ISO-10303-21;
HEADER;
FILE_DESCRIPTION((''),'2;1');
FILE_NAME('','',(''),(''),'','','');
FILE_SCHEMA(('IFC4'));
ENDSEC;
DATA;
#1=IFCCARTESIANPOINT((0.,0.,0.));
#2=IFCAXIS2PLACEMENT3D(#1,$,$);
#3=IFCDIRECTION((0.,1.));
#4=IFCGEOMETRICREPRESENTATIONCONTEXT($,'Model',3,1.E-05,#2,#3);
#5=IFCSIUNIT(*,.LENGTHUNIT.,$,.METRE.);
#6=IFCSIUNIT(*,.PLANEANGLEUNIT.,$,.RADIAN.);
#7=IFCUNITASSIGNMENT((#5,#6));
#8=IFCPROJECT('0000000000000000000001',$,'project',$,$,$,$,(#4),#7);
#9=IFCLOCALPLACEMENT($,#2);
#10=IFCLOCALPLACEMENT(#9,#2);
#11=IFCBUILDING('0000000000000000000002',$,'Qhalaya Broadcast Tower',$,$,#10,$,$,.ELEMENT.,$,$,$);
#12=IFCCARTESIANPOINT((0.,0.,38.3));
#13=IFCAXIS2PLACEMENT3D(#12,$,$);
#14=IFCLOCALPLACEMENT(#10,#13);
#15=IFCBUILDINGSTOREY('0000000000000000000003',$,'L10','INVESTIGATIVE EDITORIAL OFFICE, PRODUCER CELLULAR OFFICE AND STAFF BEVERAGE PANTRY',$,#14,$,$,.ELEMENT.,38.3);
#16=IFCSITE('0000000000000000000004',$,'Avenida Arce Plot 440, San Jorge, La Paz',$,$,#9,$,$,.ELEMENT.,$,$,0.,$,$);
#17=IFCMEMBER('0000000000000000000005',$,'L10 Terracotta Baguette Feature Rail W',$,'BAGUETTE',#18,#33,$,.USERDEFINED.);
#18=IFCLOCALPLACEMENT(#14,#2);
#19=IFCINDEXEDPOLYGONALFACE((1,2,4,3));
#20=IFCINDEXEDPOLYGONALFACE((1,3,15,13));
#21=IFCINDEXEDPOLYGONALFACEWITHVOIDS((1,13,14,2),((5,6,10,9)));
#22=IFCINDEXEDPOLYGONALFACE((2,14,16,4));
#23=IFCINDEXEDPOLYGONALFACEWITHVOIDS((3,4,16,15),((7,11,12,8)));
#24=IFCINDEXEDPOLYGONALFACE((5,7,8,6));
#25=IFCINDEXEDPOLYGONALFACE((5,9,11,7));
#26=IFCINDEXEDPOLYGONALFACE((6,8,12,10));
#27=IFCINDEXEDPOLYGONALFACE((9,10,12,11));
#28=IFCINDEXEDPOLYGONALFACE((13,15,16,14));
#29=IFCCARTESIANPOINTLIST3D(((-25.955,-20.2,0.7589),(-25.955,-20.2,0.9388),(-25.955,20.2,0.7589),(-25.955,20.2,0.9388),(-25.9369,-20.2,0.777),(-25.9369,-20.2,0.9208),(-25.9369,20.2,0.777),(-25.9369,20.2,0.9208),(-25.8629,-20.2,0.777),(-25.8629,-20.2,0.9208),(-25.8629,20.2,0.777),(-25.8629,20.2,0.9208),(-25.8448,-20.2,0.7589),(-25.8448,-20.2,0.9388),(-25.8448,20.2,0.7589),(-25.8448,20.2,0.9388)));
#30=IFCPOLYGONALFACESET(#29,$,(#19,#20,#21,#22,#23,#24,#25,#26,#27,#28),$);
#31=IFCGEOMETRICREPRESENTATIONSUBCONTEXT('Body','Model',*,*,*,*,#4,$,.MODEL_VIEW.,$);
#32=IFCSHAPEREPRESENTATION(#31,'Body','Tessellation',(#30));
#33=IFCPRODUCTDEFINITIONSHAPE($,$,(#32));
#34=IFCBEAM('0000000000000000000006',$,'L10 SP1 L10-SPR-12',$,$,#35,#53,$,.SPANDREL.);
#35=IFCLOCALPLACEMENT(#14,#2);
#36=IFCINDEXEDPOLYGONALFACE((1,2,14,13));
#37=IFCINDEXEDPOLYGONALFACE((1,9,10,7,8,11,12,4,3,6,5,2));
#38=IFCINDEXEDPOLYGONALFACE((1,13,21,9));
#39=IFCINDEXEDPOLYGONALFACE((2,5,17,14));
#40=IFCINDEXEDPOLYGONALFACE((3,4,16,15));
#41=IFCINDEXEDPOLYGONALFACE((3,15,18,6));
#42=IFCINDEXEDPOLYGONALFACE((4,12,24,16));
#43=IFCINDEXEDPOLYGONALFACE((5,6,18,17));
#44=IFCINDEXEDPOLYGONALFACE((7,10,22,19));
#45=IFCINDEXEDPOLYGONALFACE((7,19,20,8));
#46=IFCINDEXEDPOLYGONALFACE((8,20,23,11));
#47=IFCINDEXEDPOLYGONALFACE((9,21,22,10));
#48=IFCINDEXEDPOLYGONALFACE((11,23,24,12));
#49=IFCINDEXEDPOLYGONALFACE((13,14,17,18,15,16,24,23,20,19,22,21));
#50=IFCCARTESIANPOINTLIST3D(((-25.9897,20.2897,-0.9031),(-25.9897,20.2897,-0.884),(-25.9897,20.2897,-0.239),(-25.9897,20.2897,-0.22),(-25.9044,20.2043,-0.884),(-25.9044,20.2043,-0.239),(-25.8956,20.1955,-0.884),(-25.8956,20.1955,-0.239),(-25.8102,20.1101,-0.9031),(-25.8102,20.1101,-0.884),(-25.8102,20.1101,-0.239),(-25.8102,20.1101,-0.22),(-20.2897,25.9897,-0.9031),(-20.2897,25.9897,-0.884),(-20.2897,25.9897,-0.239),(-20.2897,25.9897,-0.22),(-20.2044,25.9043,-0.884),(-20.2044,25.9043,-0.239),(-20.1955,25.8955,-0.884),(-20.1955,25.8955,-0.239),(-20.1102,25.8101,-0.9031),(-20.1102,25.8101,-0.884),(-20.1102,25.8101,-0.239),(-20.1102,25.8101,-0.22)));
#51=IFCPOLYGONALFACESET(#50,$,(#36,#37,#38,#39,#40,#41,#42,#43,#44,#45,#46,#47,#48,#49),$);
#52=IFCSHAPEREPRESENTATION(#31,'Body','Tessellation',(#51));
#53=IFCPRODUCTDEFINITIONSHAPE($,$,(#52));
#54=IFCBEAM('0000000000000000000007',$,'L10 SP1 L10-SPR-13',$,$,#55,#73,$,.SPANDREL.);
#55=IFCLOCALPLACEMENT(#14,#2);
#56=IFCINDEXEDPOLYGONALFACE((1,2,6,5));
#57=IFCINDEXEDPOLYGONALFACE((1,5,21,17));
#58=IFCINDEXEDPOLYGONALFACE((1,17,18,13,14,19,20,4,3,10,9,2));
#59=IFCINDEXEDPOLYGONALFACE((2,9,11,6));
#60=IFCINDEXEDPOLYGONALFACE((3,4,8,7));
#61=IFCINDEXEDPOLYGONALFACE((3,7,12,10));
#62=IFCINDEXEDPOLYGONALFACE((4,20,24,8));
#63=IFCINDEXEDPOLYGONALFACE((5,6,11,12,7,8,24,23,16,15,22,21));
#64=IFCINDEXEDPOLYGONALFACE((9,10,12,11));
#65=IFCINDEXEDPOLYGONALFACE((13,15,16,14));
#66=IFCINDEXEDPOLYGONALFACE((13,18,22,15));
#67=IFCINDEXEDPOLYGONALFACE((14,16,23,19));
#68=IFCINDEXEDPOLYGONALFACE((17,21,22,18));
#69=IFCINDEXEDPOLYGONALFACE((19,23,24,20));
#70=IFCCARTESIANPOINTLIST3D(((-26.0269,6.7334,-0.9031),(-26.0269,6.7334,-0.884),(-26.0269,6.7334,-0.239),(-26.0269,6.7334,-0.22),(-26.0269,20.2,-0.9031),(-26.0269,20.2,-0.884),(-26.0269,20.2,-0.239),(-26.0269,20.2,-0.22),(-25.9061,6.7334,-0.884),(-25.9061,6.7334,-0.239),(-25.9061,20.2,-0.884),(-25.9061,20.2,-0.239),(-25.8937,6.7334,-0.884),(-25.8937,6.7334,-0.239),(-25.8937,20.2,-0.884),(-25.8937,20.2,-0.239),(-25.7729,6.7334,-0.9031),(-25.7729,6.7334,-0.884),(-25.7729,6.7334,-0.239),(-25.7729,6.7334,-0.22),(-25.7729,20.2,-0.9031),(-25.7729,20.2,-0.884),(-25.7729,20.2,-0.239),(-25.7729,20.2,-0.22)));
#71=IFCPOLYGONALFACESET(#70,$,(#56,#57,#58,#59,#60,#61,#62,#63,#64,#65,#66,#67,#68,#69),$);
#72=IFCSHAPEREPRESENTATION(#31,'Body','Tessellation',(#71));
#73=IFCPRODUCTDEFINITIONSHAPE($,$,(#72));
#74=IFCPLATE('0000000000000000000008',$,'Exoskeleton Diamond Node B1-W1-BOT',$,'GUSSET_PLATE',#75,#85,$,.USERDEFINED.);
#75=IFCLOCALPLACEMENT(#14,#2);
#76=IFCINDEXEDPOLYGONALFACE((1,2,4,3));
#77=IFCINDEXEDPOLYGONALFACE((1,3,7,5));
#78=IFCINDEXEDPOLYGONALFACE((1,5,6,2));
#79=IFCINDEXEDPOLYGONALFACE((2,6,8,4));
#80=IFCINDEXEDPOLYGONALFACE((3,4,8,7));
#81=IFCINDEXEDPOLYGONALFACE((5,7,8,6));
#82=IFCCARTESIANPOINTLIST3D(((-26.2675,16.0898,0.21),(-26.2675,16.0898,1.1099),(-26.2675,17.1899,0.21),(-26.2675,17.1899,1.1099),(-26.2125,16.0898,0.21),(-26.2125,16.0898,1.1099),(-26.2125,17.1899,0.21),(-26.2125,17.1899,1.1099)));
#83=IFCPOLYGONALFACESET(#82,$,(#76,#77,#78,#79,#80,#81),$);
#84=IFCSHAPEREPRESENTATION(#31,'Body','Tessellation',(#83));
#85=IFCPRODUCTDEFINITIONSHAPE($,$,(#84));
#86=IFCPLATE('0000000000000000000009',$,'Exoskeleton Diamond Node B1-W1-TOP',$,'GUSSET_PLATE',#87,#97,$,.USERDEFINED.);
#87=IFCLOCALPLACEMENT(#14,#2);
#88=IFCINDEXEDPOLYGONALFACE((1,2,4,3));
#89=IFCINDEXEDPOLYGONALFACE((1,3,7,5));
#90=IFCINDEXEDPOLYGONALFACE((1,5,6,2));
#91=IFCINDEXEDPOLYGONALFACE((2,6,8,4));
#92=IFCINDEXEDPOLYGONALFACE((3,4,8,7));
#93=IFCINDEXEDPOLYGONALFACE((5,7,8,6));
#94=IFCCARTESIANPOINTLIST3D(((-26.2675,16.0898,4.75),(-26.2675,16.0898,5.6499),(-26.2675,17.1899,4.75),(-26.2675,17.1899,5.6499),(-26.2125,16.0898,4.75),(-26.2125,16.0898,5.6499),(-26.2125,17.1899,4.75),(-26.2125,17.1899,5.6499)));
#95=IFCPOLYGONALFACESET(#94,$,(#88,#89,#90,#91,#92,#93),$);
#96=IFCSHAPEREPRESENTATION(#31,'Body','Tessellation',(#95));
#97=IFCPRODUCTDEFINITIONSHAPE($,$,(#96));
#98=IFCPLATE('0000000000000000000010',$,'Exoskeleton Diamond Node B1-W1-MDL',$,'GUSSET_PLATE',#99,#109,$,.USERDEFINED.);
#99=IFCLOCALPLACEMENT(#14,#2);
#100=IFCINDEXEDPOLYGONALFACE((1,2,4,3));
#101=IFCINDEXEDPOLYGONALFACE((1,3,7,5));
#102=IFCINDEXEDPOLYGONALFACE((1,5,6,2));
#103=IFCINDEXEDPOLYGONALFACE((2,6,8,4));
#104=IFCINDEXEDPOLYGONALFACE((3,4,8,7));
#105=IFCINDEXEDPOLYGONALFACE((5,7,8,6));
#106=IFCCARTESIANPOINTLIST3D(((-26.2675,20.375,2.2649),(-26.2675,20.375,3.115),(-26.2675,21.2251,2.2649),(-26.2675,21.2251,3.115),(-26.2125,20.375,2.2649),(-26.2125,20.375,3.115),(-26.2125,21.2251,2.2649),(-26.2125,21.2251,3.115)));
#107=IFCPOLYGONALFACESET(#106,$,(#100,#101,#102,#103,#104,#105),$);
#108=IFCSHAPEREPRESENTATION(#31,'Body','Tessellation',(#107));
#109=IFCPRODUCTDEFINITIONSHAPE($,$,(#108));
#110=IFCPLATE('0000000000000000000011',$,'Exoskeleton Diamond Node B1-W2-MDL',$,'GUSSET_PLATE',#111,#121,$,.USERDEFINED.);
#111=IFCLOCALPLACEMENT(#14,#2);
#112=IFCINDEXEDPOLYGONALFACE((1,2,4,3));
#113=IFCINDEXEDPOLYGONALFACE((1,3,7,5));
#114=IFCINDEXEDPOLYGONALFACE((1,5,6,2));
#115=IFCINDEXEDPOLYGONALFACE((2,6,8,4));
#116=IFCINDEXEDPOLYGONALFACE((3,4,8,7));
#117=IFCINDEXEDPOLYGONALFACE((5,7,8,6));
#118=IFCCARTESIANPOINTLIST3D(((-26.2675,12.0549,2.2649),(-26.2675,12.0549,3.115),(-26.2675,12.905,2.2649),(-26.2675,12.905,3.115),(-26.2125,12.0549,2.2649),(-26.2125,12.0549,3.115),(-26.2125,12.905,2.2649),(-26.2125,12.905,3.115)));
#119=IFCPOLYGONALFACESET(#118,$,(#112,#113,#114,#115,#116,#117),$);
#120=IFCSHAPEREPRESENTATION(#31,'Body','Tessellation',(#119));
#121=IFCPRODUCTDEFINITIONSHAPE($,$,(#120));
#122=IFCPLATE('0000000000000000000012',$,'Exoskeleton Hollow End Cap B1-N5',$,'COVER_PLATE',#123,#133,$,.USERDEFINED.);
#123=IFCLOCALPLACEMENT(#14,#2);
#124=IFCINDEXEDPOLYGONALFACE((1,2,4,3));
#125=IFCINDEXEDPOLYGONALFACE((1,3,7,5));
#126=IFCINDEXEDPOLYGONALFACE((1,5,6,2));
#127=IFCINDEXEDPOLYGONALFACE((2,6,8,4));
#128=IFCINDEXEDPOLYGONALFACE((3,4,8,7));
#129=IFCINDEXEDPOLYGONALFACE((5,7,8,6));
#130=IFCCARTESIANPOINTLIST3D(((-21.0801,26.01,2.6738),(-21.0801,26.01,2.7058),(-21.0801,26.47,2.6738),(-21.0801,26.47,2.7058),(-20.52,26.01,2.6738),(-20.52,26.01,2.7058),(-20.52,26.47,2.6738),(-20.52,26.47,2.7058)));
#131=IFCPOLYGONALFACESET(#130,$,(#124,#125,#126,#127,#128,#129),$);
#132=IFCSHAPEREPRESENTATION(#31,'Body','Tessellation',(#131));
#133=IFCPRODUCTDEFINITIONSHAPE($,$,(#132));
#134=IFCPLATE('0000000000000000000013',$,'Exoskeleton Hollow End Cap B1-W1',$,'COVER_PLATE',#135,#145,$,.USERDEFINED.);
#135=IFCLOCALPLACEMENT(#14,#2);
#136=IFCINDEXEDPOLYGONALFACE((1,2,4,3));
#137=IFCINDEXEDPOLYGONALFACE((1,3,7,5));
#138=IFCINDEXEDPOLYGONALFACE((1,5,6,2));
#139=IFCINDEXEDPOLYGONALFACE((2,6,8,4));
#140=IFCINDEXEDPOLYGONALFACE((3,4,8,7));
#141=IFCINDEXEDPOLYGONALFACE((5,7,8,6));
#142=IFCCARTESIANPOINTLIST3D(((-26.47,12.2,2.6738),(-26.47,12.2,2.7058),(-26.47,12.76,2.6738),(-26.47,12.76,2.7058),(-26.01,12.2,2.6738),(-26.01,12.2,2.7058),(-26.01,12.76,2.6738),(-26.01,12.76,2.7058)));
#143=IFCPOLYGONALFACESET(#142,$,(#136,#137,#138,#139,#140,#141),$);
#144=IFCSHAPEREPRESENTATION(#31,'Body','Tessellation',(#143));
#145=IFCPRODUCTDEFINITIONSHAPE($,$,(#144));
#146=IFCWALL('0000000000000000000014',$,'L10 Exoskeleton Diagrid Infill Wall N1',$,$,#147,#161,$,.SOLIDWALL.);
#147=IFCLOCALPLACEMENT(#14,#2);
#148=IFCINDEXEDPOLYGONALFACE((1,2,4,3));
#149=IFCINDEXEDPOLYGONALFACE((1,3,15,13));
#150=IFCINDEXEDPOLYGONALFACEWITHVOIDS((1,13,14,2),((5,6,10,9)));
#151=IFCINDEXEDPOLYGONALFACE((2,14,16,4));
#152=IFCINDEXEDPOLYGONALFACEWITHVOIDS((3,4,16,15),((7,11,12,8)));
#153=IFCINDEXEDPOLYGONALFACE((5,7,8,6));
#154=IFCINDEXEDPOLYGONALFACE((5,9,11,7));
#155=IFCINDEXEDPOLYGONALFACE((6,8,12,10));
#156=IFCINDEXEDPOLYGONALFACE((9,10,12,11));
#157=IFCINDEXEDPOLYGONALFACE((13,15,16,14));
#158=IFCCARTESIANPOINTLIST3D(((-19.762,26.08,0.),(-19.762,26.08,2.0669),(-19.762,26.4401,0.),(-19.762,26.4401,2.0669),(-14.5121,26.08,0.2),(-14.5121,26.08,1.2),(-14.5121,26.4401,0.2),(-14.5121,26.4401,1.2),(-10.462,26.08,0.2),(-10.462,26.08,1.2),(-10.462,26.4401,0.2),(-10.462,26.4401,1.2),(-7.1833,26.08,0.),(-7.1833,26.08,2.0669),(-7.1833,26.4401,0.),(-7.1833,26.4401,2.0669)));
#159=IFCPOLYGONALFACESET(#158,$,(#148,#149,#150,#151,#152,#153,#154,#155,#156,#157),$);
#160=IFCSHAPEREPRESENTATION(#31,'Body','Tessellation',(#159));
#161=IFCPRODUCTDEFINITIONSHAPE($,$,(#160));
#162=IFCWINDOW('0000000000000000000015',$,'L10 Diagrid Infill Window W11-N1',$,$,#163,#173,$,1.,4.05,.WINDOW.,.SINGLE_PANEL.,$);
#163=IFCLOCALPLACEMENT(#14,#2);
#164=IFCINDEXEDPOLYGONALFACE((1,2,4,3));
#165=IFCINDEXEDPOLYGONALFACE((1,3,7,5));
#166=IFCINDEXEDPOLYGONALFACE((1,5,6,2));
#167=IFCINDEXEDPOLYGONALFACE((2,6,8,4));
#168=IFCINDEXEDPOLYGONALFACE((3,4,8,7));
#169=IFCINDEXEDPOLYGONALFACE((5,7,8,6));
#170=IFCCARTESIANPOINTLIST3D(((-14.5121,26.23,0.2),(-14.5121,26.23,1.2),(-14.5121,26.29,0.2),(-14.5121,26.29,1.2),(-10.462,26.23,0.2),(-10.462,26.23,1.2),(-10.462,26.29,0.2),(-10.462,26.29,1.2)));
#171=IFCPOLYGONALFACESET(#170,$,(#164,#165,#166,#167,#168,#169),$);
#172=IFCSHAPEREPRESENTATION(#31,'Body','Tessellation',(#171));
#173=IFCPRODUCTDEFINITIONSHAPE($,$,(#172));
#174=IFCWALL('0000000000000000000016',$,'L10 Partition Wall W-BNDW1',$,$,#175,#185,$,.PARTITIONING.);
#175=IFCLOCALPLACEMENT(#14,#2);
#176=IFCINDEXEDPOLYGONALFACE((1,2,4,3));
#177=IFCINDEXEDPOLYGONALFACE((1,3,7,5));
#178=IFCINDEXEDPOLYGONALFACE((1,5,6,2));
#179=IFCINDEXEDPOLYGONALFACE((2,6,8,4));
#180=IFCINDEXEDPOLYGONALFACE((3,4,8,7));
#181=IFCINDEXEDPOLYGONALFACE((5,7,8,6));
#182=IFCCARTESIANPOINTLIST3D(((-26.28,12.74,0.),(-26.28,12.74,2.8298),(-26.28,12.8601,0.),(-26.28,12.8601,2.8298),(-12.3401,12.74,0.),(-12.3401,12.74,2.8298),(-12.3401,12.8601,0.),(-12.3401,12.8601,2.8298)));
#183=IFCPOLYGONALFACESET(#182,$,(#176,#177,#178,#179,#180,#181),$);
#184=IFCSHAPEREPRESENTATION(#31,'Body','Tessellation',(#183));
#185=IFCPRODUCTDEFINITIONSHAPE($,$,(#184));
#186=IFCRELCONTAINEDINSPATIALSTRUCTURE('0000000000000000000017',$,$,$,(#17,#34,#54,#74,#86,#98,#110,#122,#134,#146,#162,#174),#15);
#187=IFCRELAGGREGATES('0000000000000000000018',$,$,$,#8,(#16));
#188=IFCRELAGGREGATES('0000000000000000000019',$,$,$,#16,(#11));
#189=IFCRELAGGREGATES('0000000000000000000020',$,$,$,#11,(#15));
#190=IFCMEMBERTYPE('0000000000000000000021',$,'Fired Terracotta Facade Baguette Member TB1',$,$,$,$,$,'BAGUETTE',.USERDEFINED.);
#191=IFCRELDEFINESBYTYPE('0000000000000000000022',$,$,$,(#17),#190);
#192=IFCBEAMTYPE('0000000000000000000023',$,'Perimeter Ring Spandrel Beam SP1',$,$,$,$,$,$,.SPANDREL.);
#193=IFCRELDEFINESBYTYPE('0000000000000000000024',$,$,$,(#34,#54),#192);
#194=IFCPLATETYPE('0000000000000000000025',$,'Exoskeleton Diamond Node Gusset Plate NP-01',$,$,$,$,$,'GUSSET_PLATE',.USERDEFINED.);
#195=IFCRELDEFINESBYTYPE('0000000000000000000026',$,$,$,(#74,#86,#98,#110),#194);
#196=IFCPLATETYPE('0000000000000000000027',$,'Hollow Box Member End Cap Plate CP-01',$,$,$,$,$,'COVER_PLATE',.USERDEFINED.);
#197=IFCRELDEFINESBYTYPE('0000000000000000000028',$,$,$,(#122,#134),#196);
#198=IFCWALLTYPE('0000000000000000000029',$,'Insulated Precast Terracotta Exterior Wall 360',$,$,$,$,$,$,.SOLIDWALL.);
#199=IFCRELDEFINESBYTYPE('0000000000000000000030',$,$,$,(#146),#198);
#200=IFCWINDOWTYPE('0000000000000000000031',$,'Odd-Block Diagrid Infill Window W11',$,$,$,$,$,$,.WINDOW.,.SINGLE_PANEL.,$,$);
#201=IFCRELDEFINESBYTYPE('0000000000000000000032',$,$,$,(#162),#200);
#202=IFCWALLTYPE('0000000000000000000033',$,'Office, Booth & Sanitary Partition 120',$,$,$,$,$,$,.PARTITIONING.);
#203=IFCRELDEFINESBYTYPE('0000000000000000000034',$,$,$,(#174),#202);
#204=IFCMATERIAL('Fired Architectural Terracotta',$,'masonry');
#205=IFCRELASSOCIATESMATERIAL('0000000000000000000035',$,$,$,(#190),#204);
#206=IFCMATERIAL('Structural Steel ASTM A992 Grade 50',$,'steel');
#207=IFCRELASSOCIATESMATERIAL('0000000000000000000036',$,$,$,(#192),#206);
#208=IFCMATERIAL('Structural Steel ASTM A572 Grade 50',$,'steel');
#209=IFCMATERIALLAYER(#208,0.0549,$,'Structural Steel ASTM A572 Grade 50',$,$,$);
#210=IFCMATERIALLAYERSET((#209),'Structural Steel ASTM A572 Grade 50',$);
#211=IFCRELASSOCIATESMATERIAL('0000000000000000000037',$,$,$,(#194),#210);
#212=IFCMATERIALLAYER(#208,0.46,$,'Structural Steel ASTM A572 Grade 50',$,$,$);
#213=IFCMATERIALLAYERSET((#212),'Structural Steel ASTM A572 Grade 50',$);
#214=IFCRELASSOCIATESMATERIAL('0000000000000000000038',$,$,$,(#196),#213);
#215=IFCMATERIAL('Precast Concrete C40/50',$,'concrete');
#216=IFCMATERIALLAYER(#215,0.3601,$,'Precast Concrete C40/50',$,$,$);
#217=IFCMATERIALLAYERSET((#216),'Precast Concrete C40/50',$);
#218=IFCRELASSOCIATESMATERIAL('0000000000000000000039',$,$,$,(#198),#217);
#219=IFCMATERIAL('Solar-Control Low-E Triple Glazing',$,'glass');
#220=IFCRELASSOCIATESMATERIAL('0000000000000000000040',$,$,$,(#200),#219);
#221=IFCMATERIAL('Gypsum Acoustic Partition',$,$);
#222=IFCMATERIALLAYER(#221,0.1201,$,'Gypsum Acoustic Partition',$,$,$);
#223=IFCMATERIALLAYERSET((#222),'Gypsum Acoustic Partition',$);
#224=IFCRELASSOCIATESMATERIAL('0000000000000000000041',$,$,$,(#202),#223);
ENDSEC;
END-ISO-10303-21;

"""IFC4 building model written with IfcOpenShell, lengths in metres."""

from ifc_helpers import new_model, si_unit, direction, frame, frame_2d, origin, origin_2d, place, context, subcontext, project, spatial, rectangle, hollow_rectangle, i_section, extrude, material, layer, layer_set, material_profile, profile_set, type_object, element, fill, save


model = new_model("IFC4")

# Units and contexts
model_context = context("Model", 3, precision=1e-05, world=origin(), true_north=direction((0.0, 1.0)))
body_context = subcontext(model_context, "Body", "Model", "MODEL_VIEW")
ifc_project = project(units=[si_unit("LENGTHUNIT", "METRE"), si_unit("PLANEANGLEUNIT", "RADIAN")], contexts=[model_context])

# Site, building, storey
site_placement = place(None, origin())
site = spatial("IfcSite", under=ifc_project, at=site_placement, Name="Avenida Arce Plot 440, San Jorge, La Paz", CompositionType="ELEMENT", RefElevation=0.0)
building_placement = place(site_placement, origin())
building = spatial("IfcBuilding", under=site, at=building_placement, Name="Qhalaya Broadcast Tower", CompositionType="ELEMENT")
storey_placement = place(building_placement, frame((0.0, 0.0, 38.3)))
storey = spatial("IfcBuildingStorey", under=building, at=storey_placement, Name="L10", Description="INVESTIGATIVE EDITORIAL OFFICE, PRODUCER CELLULAR OFFICE AND STAFF BEVERAGE PANTRY", CompositionType="ELEMENT", Elevation=38.3)

# Shared definitions
ifc_material_1 = material(Name="Structural Steel ASTM A572 Grade 50", Category="steel")

# Shared definitions
ifc_material_2 = material(Name="Structural Steel ASTM A992 Grade 50", Category="steel")

# Member
ifc_material_3 = material(Name="Fired Architectural Terracotta", Category="masonry")
ifc_material_profile_1 = material_profile(ifc_material_3, hollow_rectangle(XDim=0.1101, YDim=0.1799, WallThickness=0.0181, at=origin_2d()), Name="TB-BAG 110x180x18")
ifc_profile_set_1 = profile_set([ifc_material_profile_1], Name="Fired Architectural Terracotta")
member_type_1 = type_object("IfcMemberType", Name="Fired Terracotta Facade Baguette Member TB1", ElementType="BAGUETTE", PredefinedType="USERDEFINED", material=ifc_profile_set_1)
member_1_placement = place(storey_placement, frame((-25.8999, 20.2, 0.8489), z_axis=(0.0, -1.0, 0.0), x_axis=(1.0, 0.0, 0.0)))
element("IfcMember", 1, at=member_1_placement, inside=storey, type_object=member_type_1, Name="L10 Terracotta Baguette Feature Rail W", ObjectType="BAGUETTE", PredefinedType="USERDEFINED", context=body_context, shape_type="SweptSolid", body=[
    extrude(hollow_rectangle(XDim=0.1101, YDim=0.1799, WallThickness=0.0181, at=origin_2d()), origin(), (0.0, 0.0, 1.0), 40.3999),
])

# Beams
ifc_material_profile_2 = material_profile(ifc_material_2, i_section(OverallWidth=0.2539, OverallDepth=0.6831, WebThickness=0.0125, FlangeThickness=0.019, at=origin_2d()), Name="W27X94")
ifc_profile_set_2 = profile_set([ifc_material_profile_2], Name="Structural Steel ASTM A992 Grade 50")
beam_type_1 = type_object("IfcBeamType", Name="Perimeter Ring Spandrel Beam SP1", PredefinedType="SPANDREL", material=ifc_profile_set_2)
beam_1_placement = place(storey_placement, frame((-20.2, 25.8999, -0.5615), z_axis=(-0.707107, -0.707107, 0.0), x_axis=(0.707107, -0.707107, 0.0)))
element("IfcBeam", 2, at=beam_1_placement, inside=storey, type_object=beam_type_1, Name="L10 SP1 L10-SPR-12", PredefinedType="SPANDREL", context=body_context, shape_type="SweptSolid", body=[
    extrude(i_section(OverallWidth=0.2539, OverallDepth=0.6831, WebThickness=0.0125, FlangeThickness=0.019, at=origin_2d()), origin(), (0.0, 0.0, 1.0), 8.061),
])
beam_2_placement = place(storey_placement, frame((-25.8999, 20.2, -0.5615), z_axis=(0.0, -1.0, 0.0), x_axis=(1.0, 0.0, 0.0)))
element("IfcBeam", 3, at=beam_2_placement, inside=storey, type_object=beam_type_1, Name="L10 SP1 L10-SPR-13", PredefinedType="SPANDREL", context=body_context, shape_type="SweptSolid", body=[
    extrude(i_section(OverallWidth=0.2539, OverallDepth=0.6831, WebThickness=0.0125, FlangeThickness=0.019, at=origin_2d()), origin(), (0.0, 0.0, 1.0), 13.4666),
])

# Plates
ifc_layer_1 = layer(ifc_material_1, 0.0549, Name="Structural Steel ASTM A572 Grade 50")
ifc_layer_set_1 = layer_set([ifc_layer_1], Name="Structural Steel ASTM A572 Grade 50")
plate_type_1 = type_object("IfcPlateType", Name="Exoskeleton Diamond Node Gusset Plate NP-01", ElementType="GUSSET_PLATE", PredefinedType="USERDEFINED", material=ifc_layer_set_1)
for number, where, z_axis, x_axis, name in (
    (4, (-26.24, 16.6399, 0.21), (0.0, 0.0, 1.0), (0.0, 1.0, 0.0), "Exoskeleton Diamond Node B1-W1-BOT"),
    (5, (-26.24, 16.6399, 4.75), (0.0, 0.0, 1.0), (0.0, 1.0, 0.0), "Exoskeleton Diamond Node B1-W1-TOP"),
):
    element("IfcPlate", number, at=place(storey_placement, frame(where, z_axis=z_axis, x_axis=x_axis)), inside=storey, type_object=plate_type_1, Name=name, ObjectType="GUSSET_PLATE", PredefinedType="USERDEFINED", context=body_context, shape_type="SweptSolid", body=[
        extrude(rectangle(XDim=1.1001, YDim=0.0549, at=origin_2d()), origin(), (0.0, 0.0, 1.0), 0.8999),
    ])
for number, where, z_axis, x_axis, name in (
    (6, (-26.24, 20.8, 2.2649), (0.0, 0.0, 1.0), (0.0, 1.0, 0.0), "Exoskeleton Diamond Node B1-W1-MDL"),
    (7, (-26.24, 12.48, 2.2649), (0.0, 0.0, 1.0), (0.0, 1.0, 0.0), "Exoskeleton Diamond Node B1-W2-MDL"),
):
    element("IfcPlate", number, at=place(storey_placement, frame(where, z_axis=z_axis, x_axis=x_axis)), inside=storey, type_object=plate_type_1, Name=name, ObjectType="GUSSET_PLATE", PredefinedType="USERDEFINED", context=body_context, shape_type="SweptSolid", body=[
        extrude(rectangle(XDim=0.8501, YDim=0.0549, at=origin_2d()), origin(), (0.0, 0.0, 1.0), 0.8501),
    ])
ifc_layer_2 = layer(ifc_material_1, 0.46, Name="Structural Steel ASTM A572 Grade 50")
ifc_layer_set_2 = layer_set([ifc_layer_2], Name="Structural Steel ASTM A572 Grade 50")
plate_type_2 = type_object("IfcPlateType", Name="Hollow Box Member End Cap Plate CP-01", ElementType="COVER_PLATE", PredefinedType="USERDEFINED", material=ifc_layer_set_2)
for number, where, z_axis, x_axis, name in (
    (8, (-20.8, 26.24, 2.6738), (0.0, 0.0, 1.0), (1.0, 0.0, 0.0), "Exoskeleton Hollow End Cap B1-N5"),
    (9, (-26.24, 12.48, 2.6738), (0.0, 0.0, 1.0), (0.0, 1.0, 0.0), "Exoskeleton Hollow End Cap B1-W1"),
):
    element("IfcPlate", number, at=place(storey_placement, frame(where, z_axis=z_axis, x_axis=x_axis)), inside=storey, type_object=plate_type_2, Name=name, ObjectType="COVER_PLATE", PredefinedType="USERDEFINED", context=body_context, shape_type="SweptSolid", body=[
        extrude(rectangle(XDim=0.5601, YDim=0.46, at=origin_2d()), origin(), (0.0, 0.0, 1.0), 0.032),
    ])

# Wall, opening, window
ifc_material_4 = material(Name="Precast Concrete C40/50", Category="concrete")
ifc_layer_3 = layer(ifc_material_4, 0.3601, Name="Precast Concrete C40/50")
ifc_layer_set_3 = layer_set([ifc_layer_3], Name="Precast Concrete C40/50")
wall_type_1 = type_object("IfcWallType", Name="Insulated Precast Terracotta Exterior Wall 360", PredefinedType="SOLIDWALL", material=ifc_layer_set_3)
wall_1_placement = place(storey_placement, frame((-19.762, 26.26, 0.0), z_axis=(0.0, 0.0, 1.0), x_axis=(1.0, 0.0, 0.0)))
wall_1 = element("IfcWall", 10, at=wall_1_placement, inside=storey, type_object=wall_type_1, Name="L10 Exoskeleton Diagrid Infill Wall N1", PredefinedType="SOLIDWALL", context=body_context, shape_type="SweptSolid", body=[
    extrude(rectangle(XDim=12.5786, YDim=0.3601, at=frame_2d((6.2893, 0.0))), origin(), (0.0, 0.0, 1.0), 2.0669),
])
opening_placement = place(wall_1_placement, frame((5.25, 0.0, 0.2)))
opening = element("IfcOpeningElement", 11, at=opening_placement, cuts=wall_1, PredefinedType="OPENING", context=body_context, shape_type="SweptSolid", body=[
    extrude(rectangle(XDim=4.05, YDim=1.0, at=frame_2d((2.0249, 0.5))), frame((0.0, 0.1921, 0.0), z_axis=(0.0, -1.0, 0.0), x_axis=(1.0, 0.0, 0.0)), (0.0, 0.0, 1.0), 0.384),
])
ifc_material_5 = material(Name="Solar-Control Low-E Triple Glazing", Category="glass")
window_type = type_object("IfcWindowType", Name="Odd-Block Diagrid Infill Window W11", PartitioningType="SINGLE_PANEL", PredefinedType="WINDOW", material=ifc_material_5)
window_placement = place(opening_placement, origin())
window = element("IfcWindow", 12, at=window_placement, inside=storey, type_object=window_type, Name="L10 Diagrid Infill Window W11-N1", OverallHeight=1.0, OverallWidth=4.05, PartitioningType="SINGLE_PANEL", PredefinedType="WINDOW", context=body_context, shape_type="SweptSolid", body=[
    extrude(rectangle(XDim=4.05, YDim=1.0, at=frame_2d((2.0249, 0.5))), frame((0.0, 0.03, 0.0), z_axis=(0.0, -1.0, 0.0), x_axis=(1.0, 0.0, 0.0)), (0.0, 0.0, 1.0), 0.0601),
])
fill(opening, window)

# Wall
ifc_material_6 = material(Name="Gypsum Acoustic Partition")
ifc_layer_4 = layer(ifc_material_6, 0.1201, Name="Gypsum Acoustic Partition")
ifc_layer_set_4 = layer_set([ifc_layer_4], Name="Gypsum Acoustic Partition")
wall_type_2 = type_object("IfcWallType", Name="Office, Booth & Sanitary Partition 120", PredefinedType="PARTITIONING", material=ifc_layer_set_4)
wall_2_placement = place(storey_placement, frame((-26.28, 12.8, 0.0), z_axis=(0.0, 0.0, 1.0), x_axis=(1.0, 0.0, 0.0)))
element("IfcWall", 13, at=wall_2_placement, inside=storey, type_object=wall_type_2, Name="L10 Partition Wall W-BNDW1", PredefinedType="PARTITIONING", context=body_context, shape_type="SweptSolid", body=[
    extrude(rectangle(XDim=13.9399, YDim=0.1201, at=frame_2d((6.97, 0.0))), origin(), (0.0, 0.0, 1.0), 2.8298),
])

save(model, "model.ifc")
